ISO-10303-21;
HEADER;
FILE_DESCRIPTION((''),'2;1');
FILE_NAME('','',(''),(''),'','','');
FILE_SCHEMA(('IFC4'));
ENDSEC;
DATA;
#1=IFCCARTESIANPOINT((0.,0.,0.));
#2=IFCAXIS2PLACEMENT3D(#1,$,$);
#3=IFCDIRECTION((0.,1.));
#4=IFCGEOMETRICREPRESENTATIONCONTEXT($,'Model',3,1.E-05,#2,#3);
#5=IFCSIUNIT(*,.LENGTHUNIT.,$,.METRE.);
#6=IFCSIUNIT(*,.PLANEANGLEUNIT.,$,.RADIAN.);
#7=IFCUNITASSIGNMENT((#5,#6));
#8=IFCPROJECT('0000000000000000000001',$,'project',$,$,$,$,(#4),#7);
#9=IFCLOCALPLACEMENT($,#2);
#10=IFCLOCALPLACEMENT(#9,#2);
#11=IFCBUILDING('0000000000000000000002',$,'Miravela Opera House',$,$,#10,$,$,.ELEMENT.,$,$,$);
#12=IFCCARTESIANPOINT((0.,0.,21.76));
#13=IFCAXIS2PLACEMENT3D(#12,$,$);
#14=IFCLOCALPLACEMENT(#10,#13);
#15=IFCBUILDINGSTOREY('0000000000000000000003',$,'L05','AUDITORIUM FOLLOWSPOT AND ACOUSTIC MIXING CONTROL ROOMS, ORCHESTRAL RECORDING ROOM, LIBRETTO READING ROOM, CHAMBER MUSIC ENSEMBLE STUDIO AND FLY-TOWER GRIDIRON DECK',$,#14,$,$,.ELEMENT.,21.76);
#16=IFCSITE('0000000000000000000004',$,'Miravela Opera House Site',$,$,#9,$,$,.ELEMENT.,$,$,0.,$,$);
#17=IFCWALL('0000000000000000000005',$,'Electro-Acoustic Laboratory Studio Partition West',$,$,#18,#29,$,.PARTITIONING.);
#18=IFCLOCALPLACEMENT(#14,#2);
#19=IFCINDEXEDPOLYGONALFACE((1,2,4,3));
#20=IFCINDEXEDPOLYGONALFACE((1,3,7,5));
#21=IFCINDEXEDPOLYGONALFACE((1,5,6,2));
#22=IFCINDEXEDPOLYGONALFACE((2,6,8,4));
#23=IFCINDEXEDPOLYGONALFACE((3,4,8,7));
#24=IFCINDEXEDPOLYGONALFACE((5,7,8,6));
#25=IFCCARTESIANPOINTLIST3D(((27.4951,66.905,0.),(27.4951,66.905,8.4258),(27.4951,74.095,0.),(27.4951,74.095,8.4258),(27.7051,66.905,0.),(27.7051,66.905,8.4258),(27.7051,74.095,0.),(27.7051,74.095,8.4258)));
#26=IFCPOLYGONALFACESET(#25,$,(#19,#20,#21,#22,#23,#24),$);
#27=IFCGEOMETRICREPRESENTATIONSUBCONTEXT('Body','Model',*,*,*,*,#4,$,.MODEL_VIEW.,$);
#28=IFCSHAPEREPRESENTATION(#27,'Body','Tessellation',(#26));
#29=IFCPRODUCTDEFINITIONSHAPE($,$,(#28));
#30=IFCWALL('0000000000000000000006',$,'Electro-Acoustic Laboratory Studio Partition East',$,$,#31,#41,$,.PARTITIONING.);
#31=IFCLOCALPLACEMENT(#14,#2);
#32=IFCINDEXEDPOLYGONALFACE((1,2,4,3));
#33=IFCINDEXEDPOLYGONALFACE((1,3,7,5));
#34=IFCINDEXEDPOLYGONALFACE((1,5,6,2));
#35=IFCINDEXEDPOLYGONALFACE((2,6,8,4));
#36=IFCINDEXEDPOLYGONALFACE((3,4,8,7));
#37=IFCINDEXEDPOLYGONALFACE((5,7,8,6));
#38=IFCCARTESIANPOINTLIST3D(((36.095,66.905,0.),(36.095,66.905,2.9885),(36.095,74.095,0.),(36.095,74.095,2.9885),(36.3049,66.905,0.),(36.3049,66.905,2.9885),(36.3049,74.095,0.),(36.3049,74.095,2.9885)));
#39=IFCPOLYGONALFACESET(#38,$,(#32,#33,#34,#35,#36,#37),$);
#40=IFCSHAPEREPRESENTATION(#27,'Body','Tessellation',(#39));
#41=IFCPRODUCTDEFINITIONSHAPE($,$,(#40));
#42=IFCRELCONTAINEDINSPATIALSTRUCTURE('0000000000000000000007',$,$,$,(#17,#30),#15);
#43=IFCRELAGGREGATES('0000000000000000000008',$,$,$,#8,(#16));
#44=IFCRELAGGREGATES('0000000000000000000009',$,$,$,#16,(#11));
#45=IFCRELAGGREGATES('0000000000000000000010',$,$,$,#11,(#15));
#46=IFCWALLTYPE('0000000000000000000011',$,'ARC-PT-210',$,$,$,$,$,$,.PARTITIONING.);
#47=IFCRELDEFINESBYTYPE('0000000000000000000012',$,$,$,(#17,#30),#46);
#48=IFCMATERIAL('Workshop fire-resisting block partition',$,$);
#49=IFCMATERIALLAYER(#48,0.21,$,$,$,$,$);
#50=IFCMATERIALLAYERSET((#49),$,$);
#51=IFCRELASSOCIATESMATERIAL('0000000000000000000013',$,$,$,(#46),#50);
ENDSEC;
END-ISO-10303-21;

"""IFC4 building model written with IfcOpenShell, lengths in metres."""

from ifc_helpers import new_model, si_unit, direction, frame, frame_2d, origin, place, context, subcontext, project, spatial, rectangle, extrude, material, layer, layer_set, type_object, element, save


model = new_model("IFC4")

# Units and contexts
model_context = context("Model", 3, precision=1e-05, world=origin(), true_north=direction((0.0, 1.0)))
body_context = subcontext(model_context, "Body", "Model", "MODEL_VIEW")
ifc_project = project(units=[si_unit("LENGTHUNIT", "METRE"), si_unit("PLANEANGLEUNIT", "RADIAN")], contexts=[model_context])

# Site, building, storey
site_placement = place(None, origin())
site = spatial("IfcSite", under=ifc_project, at=site_placement, Name="Miravela Opera House Site", CompositionType="ELEMENT", RefElevation=0.0)
building_placement = place(site_placement, origin())
building = spatial("IfcBuilding", under=site, at=building_placement, Name="Miravela Opera House", CompositionType="ELEMENT")
storey_placement = place(building_placement, frame((0.0, 0.0, 21.76)))
storey = spatial("IfcBuildingStorey", under=building, at=storey_placement, Name="L05", Description="AUDITORIUM FOLLOWSPOT AND ACOUSTIC MIXING CONTROL ROOMS, ORCHESTRAL RECORDING ROOM, LIBRETTO READING ROOM, CHAMBER MUSIC ENSEMBLE STUDIO AND FLY-TOWER GRIDIRON DECK", CompositionType="ELEMENT", Elevation=21.76)

# Shared definitions
ifc_material_1 = material(Name="Workshop fire-resisting block partition")
ifc_layer_1 = layer(ifc_material_1, 0.21)
ifc_layer_set_1 = layer_set([ifc_layer_1])
wall_type = type_object("IfcWallType", Name="ARC-PT-210", PredefinedType="PARTITIONING", material=ifc_layer_set_1)

# Walls
wall_1_placement = place(storey_placement, frame((27.6001, 66.905, 0.0), z_axis=(0.0, 0.0, 1.0), x_axis=(0.0, 1.0, 0.0)))
element("IfcWall", 1, at=wall_1_placement, inside=storey, type_object=wall_type, Name="Electro-Acoustic Laboratory Studio Partition West", PredefinedType="PARTITIONING", context=body_context, shape_type="SweptSolid", body=[
    extrude(rectangle(XDim=7.1899, YDim=0.21, at=frame_2d((3.595, 0.0))), origin(), (0.0, 0.0, 1.0), 8.4258),
])
wall_2_placement = place(storey_placement, frame((36.2, 66.905, 0.0), z_axis=(0.0, 0.0, 1.0), x_axis=(0.0, 1.0, 0.0)))
element("IfcWall", 2, at=wall_2_placement, inside=storey, type_object=wall_type, Name="Electro-Acoustic Laboratory Studio Partition East", PredefinedType="PARTITIONING", context=body_context, shape_type="SweptSolid", body=[
    extrude(rectangle(XDim=7.1899, YDim=0.21, at=frame_2d((3.595, 0.0))), origin(), (0.0, 0.0, 1.0), 2.9885),
])

save(model, "model.ifc")
